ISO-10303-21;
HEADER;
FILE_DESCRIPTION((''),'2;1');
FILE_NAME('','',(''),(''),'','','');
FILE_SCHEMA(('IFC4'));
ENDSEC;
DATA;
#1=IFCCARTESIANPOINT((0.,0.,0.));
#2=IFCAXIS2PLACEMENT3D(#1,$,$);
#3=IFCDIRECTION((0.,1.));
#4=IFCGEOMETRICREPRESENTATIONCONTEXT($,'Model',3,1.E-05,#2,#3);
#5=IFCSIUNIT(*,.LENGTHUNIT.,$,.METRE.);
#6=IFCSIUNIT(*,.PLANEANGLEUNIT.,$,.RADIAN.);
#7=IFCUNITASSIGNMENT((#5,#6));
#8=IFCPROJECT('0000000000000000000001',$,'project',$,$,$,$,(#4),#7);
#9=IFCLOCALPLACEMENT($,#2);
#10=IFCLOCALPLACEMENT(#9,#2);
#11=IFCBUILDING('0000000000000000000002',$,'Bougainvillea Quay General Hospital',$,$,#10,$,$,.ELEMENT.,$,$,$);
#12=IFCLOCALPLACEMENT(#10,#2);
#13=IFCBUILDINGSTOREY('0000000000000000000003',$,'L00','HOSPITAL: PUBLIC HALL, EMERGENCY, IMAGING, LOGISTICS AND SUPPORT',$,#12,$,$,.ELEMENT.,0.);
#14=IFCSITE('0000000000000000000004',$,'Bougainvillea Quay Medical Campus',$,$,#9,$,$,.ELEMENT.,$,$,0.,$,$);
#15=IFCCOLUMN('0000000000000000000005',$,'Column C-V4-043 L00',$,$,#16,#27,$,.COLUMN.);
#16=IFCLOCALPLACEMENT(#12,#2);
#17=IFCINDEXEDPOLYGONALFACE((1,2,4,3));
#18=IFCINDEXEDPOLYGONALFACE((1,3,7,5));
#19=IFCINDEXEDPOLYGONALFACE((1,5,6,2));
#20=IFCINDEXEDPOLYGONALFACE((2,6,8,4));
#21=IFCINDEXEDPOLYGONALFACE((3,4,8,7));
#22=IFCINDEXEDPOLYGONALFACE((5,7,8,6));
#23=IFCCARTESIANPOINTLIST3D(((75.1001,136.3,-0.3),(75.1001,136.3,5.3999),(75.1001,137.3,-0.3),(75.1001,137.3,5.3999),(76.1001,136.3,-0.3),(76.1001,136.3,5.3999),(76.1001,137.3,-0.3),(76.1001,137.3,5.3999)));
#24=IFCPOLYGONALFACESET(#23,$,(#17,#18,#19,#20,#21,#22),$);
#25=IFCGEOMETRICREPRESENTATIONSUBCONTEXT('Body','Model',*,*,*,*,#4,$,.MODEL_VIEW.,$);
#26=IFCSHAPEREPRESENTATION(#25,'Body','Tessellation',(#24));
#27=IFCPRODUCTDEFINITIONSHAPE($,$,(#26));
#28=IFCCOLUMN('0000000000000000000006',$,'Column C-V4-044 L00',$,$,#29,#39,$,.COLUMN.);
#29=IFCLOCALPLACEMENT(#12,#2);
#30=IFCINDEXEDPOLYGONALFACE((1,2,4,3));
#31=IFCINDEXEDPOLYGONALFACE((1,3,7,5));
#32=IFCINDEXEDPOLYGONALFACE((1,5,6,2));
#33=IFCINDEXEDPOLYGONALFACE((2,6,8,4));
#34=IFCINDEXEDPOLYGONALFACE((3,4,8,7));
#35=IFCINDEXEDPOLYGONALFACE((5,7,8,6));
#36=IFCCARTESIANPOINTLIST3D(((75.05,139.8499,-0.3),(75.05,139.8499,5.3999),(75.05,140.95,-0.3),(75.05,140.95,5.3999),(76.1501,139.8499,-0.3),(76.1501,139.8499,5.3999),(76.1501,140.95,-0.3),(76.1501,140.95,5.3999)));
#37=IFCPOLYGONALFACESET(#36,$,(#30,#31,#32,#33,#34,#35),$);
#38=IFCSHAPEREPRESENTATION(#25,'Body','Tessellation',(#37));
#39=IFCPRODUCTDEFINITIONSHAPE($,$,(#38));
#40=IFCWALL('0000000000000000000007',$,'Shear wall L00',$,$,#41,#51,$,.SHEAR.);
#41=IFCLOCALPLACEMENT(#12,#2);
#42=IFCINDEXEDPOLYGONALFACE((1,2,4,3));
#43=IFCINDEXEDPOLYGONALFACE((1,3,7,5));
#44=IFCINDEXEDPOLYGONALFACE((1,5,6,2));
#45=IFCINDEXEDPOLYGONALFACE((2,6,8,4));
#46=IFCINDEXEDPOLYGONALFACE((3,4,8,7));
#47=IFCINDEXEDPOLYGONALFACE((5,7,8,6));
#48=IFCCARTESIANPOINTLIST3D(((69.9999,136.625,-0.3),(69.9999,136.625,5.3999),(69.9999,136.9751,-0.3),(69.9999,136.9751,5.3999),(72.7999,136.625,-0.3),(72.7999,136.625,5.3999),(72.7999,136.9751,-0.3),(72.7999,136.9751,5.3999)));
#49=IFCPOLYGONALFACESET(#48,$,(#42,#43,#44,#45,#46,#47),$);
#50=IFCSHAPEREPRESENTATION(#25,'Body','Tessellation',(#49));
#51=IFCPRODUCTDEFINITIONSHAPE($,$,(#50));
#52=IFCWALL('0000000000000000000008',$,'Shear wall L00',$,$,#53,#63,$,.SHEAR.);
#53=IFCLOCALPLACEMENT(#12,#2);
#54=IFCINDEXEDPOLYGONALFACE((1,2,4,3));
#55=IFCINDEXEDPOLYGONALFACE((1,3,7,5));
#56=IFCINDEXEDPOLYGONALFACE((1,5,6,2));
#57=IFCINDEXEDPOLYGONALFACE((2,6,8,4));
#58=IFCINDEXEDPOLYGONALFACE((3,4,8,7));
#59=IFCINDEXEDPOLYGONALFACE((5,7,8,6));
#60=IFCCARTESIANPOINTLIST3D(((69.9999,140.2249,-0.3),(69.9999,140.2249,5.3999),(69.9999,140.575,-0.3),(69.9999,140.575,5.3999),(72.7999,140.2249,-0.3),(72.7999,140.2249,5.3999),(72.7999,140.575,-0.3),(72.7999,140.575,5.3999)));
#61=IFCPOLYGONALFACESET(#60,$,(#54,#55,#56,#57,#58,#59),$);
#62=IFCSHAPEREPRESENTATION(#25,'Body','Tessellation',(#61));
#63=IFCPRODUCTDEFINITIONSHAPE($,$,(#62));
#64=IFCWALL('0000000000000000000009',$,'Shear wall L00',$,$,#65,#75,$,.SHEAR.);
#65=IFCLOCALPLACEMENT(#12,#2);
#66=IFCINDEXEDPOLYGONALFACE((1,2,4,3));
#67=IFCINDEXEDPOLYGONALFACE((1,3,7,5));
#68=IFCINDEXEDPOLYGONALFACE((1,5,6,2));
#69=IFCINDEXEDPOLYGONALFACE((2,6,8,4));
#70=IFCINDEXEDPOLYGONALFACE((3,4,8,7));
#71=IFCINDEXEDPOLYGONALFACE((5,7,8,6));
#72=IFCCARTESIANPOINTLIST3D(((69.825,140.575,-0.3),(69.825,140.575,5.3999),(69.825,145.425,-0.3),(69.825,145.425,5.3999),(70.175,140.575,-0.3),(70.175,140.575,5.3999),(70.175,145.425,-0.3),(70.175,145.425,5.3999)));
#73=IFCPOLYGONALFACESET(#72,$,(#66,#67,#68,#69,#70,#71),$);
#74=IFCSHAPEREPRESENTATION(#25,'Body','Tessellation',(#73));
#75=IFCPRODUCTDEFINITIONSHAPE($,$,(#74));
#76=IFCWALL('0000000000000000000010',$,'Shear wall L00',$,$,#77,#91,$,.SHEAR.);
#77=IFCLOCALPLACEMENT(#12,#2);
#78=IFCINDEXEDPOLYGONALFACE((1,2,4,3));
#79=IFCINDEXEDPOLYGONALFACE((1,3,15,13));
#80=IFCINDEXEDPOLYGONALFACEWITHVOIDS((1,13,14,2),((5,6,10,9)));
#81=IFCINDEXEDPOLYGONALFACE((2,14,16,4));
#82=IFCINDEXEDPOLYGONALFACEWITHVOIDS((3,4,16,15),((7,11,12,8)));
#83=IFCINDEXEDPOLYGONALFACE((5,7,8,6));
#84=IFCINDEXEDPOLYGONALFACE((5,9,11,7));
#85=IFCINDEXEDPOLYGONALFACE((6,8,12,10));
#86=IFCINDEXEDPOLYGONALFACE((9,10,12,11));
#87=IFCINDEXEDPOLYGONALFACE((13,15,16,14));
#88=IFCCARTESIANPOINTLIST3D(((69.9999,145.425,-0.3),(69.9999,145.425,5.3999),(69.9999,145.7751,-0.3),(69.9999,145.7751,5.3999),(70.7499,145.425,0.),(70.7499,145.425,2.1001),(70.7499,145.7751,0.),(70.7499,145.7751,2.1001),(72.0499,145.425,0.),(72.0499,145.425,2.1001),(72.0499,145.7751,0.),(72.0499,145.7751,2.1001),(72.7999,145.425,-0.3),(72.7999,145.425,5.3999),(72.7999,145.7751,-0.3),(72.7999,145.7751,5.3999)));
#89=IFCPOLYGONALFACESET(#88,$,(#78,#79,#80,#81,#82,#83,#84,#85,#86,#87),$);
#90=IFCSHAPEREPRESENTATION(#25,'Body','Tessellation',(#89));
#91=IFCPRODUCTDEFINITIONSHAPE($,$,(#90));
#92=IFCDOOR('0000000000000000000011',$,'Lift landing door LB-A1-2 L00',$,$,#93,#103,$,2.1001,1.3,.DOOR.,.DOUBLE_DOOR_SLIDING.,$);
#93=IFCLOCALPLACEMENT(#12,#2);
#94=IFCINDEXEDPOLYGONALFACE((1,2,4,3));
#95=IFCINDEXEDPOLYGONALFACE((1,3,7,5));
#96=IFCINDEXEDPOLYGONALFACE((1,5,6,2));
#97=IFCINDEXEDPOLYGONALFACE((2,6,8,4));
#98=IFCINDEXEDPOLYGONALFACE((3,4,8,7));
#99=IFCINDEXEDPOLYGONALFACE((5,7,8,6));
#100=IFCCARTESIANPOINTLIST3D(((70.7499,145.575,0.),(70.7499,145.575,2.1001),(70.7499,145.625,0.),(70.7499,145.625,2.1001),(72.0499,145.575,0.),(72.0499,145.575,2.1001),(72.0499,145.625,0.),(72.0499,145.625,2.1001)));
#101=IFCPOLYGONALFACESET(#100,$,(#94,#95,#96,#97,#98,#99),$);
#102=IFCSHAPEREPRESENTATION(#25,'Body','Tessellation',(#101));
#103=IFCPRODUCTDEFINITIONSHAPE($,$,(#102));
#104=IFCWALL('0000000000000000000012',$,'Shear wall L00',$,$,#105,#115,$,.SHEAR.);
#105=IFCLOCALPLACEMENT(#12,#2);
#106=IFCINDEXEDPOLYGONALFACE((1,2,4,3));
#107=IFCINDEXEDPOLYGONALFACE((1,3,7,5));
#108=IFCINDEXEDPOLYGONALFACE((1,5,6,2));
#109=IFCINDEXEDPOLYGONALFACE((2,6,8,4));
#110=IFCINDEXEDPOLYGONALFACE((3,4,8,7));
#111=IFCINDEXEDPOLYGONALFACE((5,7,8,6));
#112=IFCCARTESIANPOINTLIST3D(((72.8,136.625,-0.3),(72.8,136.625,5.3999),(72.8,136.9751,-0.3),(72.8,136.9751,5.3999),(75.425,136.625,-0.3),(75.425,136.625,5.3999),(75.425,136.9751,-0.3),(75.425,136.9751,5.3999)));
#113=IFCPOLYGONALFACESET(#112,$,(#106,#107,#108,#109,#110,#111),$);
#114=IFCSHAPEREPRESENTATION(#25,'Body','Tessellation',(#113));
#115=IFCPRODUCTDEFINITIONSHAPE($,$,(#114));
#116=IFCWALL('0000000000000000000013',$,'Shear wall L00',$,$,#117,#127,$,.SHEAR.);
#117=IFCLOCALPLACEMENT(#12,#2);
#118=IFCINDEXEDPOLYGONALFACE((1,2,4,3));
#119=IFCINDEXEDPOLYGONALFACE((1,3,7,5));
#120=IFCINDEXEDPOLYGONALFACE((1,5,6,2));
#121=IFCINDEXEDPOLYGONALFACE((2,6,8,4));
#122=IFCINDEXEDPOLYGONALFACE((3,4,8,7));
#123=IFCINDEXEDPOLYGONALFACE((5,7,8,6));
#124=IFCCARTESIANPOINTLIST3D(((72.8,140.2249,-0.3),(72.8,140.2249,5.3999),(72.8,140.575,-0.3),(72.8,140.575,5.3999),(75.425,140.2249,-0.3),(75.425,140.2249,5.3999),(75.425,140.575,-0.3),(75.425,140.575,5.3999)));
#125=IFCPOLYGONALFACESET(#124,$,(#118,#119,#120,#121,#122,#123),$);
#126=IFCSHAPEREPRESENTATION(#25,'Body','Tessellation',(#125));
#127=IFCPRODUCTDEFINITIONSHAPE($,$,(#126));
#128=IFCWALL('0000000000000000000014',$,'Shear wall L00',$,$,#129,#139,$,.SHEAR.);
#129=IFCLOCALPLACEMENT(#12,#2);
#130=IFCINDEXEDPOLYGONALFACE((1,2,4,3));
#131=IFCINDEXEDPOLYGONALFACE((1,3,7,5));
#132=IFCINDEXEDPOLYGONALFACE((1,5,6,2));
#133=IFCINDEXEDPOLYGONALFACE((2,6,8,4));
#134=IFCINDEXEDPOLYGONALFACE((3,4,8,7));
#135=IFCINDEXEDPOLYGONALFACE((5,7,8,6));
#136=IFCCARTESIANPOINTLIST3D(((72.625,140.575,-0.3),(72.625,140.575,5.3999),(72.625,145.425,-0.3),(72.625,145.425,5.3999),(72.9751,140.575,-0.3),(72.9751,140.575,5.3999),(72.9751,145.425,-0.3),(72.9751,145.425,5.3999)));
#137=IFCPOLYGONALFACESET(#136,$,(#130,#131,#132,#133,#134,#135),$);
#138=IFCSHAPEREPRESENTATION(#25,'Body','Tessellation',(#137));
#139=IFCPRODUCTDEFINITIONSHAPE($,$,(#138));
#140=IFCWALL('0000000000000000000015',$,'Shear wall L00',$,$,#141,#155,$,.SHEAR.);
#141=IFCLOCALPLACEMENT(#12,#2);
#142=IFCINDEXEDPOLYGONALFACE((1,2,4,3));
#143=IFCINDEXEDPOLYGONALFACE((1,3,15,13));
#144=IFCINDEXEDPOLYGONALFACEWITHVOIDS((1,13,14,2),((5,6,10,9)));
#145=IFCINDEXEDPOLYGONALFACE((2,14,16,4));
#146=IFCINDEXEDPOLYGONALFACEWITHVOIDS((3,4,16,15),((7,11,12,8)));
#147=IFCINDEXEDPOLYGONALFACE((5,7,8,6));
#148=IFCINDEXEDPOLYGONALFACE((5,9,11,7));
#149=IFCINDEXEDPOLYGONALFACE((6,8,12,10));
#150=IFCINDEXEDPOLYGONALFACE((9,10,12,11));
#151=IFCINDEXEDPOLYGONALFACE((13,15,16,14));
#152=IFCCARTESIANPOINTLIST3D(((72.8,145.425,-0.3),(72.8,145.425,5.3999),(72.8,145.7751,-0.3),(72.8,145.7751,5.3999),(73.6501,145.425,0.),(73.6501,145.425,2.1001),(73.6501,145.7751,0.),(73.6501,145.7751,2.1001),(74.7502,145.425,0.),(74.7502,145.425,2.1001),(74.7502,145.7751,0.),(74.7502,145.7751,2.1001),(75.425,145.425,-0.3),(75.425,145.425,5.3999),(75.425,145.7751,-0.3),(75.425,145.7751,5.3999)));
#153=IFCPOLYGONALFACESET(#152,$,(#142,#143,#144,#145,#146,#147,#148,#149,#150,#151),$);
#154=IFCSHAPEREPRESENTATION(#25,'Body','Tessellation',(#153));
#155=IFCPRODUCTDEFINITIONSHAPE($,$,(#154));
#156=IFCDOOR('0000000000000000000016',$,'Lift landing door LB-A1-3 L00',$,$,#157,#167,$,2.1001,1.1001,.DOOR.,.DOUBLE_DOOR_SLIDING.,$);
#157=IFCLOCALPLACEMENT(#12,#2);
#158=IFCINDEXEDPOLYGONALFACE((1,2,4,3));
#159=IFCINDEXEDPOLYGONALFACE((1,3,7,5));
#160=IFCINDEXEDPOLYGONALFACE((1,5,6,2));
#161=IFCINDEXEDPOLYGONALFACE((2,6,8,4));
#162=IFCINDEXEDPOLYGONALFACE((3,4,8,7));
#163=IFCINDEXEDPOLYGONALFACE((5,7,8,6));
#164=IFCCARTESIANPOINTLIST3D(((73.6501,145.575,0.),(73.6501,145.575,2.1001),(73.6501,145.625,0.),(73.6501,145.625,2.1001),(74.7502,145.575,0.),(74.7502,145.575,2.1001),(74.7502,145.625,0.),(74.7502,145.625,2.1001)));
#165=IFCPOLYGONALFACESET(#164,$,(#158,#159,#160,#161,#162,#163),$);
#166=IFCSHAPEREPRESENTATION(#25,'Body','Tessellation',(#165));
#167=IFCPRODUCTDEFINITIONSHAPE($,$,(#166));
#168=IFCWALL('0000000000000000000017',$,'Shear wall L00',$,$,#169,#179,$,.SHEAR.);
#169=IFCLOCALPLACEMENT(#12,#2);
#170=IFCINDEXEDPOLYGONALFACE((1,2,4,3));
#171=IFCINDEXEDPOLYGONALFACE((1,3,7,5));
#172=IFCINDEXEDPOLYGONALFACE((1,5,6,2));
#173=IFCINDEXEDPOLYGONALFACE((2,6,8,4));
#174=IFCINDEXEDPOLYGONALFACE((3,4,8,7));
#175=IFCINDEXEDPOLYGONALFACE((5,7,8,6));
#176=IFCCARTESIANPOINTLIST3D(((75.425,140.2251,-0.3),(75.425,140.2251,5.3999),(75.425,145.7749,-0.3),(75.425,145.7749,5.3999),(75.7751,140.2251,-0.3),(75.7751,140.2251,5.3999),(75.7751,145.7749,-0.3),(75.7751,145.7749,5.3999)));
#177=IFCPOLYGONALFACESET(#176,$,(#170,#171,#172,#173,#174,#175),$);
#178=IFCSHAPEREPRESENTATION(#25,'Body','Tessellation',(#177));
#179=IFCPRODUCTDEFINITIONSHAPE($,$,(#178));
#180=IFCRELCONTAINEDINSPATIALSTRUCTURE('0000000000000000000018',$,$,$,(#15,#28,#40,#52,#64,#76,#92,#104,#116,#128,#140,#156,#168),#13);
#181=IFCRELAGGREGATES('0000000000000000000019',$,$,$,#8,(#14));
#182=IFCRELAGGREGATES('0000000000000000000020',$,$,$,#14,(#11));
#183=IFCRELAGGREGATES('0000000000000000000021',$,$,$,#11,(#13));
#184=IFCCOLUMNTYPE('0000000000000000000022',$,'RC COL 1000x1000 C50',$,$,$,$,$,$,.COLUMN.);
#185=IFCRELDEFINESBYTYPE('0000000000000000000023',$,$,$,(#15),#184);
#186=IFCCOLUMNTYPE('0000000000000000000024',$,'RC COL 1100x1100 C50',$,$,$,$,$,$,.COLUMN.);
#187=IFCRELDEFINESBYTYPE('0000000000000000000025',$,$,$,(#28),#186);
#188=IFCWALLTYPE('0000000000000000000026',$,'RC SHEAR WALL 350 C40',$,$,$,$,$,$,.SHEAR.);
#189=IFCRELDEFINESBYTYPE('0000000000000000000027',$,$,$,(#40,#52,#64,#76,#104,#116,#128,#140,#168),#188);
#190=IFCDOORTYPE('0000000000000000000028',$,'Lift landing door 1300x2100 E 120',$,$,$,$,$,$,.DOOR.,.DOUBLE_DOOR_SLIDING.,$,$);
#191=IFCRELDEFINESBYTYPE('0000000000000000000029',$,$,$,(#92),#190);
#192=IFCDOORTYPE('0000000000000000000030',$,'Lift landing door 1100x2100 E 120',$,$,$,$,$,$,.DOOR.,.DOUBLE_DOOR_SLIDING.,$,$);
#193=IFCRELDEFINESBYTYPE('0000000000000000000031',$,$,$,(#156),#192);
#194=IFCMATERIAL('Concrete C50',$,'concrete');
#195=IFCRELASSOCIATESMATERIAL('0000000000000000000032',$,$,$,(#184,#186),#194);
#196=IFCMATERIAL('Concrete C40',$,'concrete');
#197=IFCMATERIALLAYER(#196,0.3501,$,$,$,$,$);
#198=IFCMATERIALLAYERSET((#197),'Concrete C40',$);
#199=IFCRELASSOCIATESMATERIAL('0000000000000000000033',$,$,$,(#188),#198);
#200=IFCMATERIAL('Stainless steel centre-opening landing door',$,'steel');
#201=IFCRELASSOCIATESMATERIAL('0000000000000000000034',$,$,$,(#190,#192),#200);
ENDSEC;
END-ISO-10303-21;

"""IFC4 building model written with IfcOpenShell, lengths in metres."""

from ifc_helpers import new_model, si_unit, direction, frame, frame_2d, origin, origin_2d, place, context, subcontext, project, spatial, rectangle, extrude, material, layer, layer_set, material_profile, profile_set, type_object, element, fill, save


model = new_model("IFC4")

# Units and contexts
model_context = context("Model", 3, precision=1e-05, world=origin(), true_north=direction((0.0, 1.0)))
body_context = subcontext(model_context, "Body", "Model", "MODEL_VIEW")
ifc_project = project(units=[si_unit("LENGTHUNIT", "METRE"), si_unit("PLANEANGLEUNIT", "RADIAN")], contexts=[model_context])

# Site, building, storey
site_placement = place(None, origin())
site = spatial("IfcSite", under=ifc_project, at=site_placement, Name="Bougainvillea Quay Medical Campus", CompositionType="ELEMENT", RefElevation=0.0)
building_placement = place(site_placement, origin())
building = spatial("IfcBuilding", under=site, at=building_placement, Name="Bougainvillea Quay General Hospital", CompositionType="ELEMENT")
storey_placement = place(building_placement, origin())
storey = spatial("IfcBuildingStorey", under=building, at=storey_placement, Name="L00", Description="HOSPITAL: PUBLIC HALL, EMERGENCY, IMAGING, LOGISTICS AND SUPPORT", CompositionType="ELEMENT", Elevation=0.0)

# Shared definitions
ifc_material_1 = material(Name="Concrete C40", Category="concrete")

# Columns
ifc_material_2 = material(Name="Concrete C50", Category="concrete")
ifc_material_profile_1 = material_profile(ifc_material_2, rectangle(XDim=1.0, YDim=1.0, at=origin_2d()))
ifc_profile_set_1 = profile_set([ifc_material_profile_1], Name="Concrete C50")
column_type_1 = type_object("IfcColumnType", Name="RC COL 1000x1000 C50", PredefinedType="COLUMN", material=ifc_profile_set_1)
column_1_placement = place(storey_placement, frame((75.6001, 136.8, -0.3), z_axis=(0.0, 0.0, 1.0), x_axis=(1.0, 0.0, 0.0)))
element("IfcColumn", 1, at=column_1_placement, inside=storey, type_object=column_type_1, Name="Column C-V4-043 L00", PredefinedType="COLUMN", context=body_context, shape_type="SweptSolid", body=[
    extrude(rectangle(XDim=1.0, YDim=1.0, at=origin_2d()), origin(), (0.0, 0.0, 1.0), 5.7),
])
ifc_material_profile_2 = material_profile(ifc_material_2, rectangle(XDim=1.1001, YDim=1.1001, at=origin_2d()))
ifc_profile_set_2 = profile_set([ifc_material_profile_2], Name="Concrete C50")
column_type_2 = type_object("IfcColumnType", Name="RC COL 1100x1100 C50", PredefinedType="COLUMN", material=ifc_profile_set_2)
column_2_placement = place(storey_placement, frame((75.6001, 140.3999, -0.3), z_axis=(0.0, 0.0, 1.0), x_axis=(1.0, 0.0, 0.0)))
element("IfcColumn", 2, at=column_2_placement, inside=storey, type_object=column_type_2, Name="Column C-V4-044 L00", PredefinedType="COLUMN", context=body_context, shape_type="SweptSolid", body=[
    extrude(rectangle(XDim=1.1001, YDim=1.1001, at=origin_2d()), origin(), (0.0, 0.0, 1.0), 5.7),
])

# Walls
ifc_layer = layer(ifc_material_1, 0.3501)
ifc_layer_set = layer_set([ifc_layer], Name="Concrete C40")
wall_type = type_object("IfcWallType", Name="RC SHEAR WALL 350 C40", PredefinedType="SHEAR", material=ifc_layer_set)
for number, where, z_axis, x_axis, name in (
    (3, (70.0, 136.8, -0.3), (0.0, 0.0, 1.0), (1.0, 0.0, 0.0), "Shear wall L00"),
    (4, (70.0, 140.3999, -0.3), (0.0, 0.0, 1.0), (1.0, 0.0, 0.0), "Shear wall L00"),
):
    element("IfcWall", number, at=place(storey_placement, frame(where, z_axis=z_axis, x_axis=x_axis)), inside=storey, type_object=wall_type, Name=name, PredefinedType="SHEAR", context=body_context, shape_type="SweptSolid", body=[
        extrude(rectangle(XDim=2.8, YDim=0.3501, at=frame_2d((1.3999, 0.0))), origin(), (0.0, 0.0, 1.0), 5.7),
    ])
wall_1_placement = place(storey_placement, frame((70.0, 140.575, -0.3), z_axis=(0.0, 0.0, 1.0), x_axis=(0.0, 1.0, 0.0)))
element("IfcWall", 5, at=wall_1_placement, inside=storey, type_object=wall_type, Name="Shear wall L00", PredefinedType="SHEAR", context=body_context, shape_type="SweptSolid", body=[
    extrude(rectangle(XDim=4.8501, YDim=0.3501, at=frame_2d((2.425, 0.0))), origin(), (0.0, 0.0, 1.0), 5.7),
])

# Wall, opening, door
wall_2_placement = place(storey_placement, frame((70.0, 145.6001, -0.3), z_axis=(0.0, 0.0, 1.0), x_axis=(1.0, 0.0, 0.0)))
wall_2 = element("IfcWall", 6, at=wall_2_placement, inside=storey, type_object=wall_type, Name="Shear wall L00", PredefinedType="SHEAR", context=body_context, shape_type="SweptSolid", body=[
    extrude(rectangle(XDim=2.8, YDim=0.3501, at=frame_2d((1.3999, 0.0))), origin(), (0.0, 0.0, 1.0), 5.7),
])
opening_1_placement = place(wall_2_placement, frame((0.75, 0.0, 0.3)))
opening_1 = element("IfcOpeningElement", 7, at=opening_1_placement, cuts=wall_2, PredefinedType="OPENING", context=body_context, shape_type="SweptSolid", body=[
    extrude(rectangle(XDim=1.3, YDim=2.1001, at=frame_2d((0.6499, 1.05))), frame((0.0, 0.1851, 0.0), z_axis=(0.0, -1.0, 0.0), x_axis=(1.0, 0.0, 0.0)), (0.0, 0.0, 1.0), 0.3701),
])
ifc_material_3 = material(Name="Stainless steel centre-opening landing door", Category="steel")
door_type_1 = type_object("IfcDoorType", Name="Lift landing door 1300x2100 E 120", OperationType="DOUBLE_DOOR_SLIDING", PredefinedType="DOOR", material=ifc_material_3)
door_1_placement = place(opening_1_placement, origin())
door_1 = element("IfcDoor", 8, at=door_1_placement, inside=storey, type_object=door_type_1, Name="Lift landing door LB-A1-2 L00", OperationType="DOUBLE_DOOR_SLIDING", OverallHeight=2.1001, OverallWidth=1.3, PredefinedType="DOOR", context=body_context, shape_type="SweptSolid", body=[
    extrude(rectangle(XDim=1.3, YDim=2.1001, at=frame_2d((0.6499, 1.05))), frame((0.0, 0.0249, 0.0), z_axis=(0.0, -1.0, 0.0), x_axis=(1.0, 0.0, 0.0)), (0.0, 0.0, 1.0), 0.05),
])
fill(opening_1, door_1)

# Walls
for number, where, z_axis, x_axis, name in (
    (9, (72.8, 136.8, -0.3), (0.0, 0.0, 1.0), (1.0, 0.0, 0.0), "Shear wall L00"),
    (10, (72.8, 140.3999, -0.3), (0.0, 0.0, 1.0), (1.0, 0.0, 0.0), "Shear wall L00"),
):
    element("IfcWall", number, at=place(storey_placement, frame(where, z_axis=z_axis, x_axis=x_axis)), inside=storey, type_object=wall_type, Name=name, PredefinedType="SHEAR", context=body_context, shape_type="SweptSolid", body=[
        extrude(rectangle(XDim=2.625, YDim=0.3501, at=frame_2d((1.3125, 0.0))), origin(), (0.0, 0.0, 1.0), 5.7),
    ])
wall_3_placement = place(storey_placement, frame((72.8, 140.575, -0.3), z_axis=(0.0, 0.0, 1.0), x_axis=(0.0, 1.0, 0.0)))
element("IfcWall", 11, at=wall_3_placement, inside=storey, type_object=wall_type, Name="Shear wall L00", PredefinedType="SHEAR", context=body_context, shape_type="SweptSolid", body=[
    extrude(rectangle(XDim=4.8501, YDim=0.3501, at=frame_2d((2.425, 0.0))), origin(), (0.0, 0.0, 1.0), 5.7),
])

# Wall, opening, door
wall_4_placement = place(storey_placement, frame((72.8, 145.6001, -0.3), z_axis=(0.0, 0.0, 1.0), x_axis=(1.0, 0.0, 0.0)))
wall_4 = element("IfcWall", 12, at=wall_4_placement, inside=storey, type_object=wall_type, Name="Shear wall L00", PredefinedType="SHEAR", context=body_context, shape_type="SweptSolid", body=[
    extrude(rectangle(XDim=2.625, YDim=0.3501, at=frame_2d((1.3125, 0.0))), origin(), (0.0, 0.0, 1.0), 5.7),
])
opening_2_placement = place(wall_4_placement, frame((0.8501, 0.0, 0.3)))
opening_2 = element("IfcOpeningElement", 13, at=opening_2_placement, cuts=wall_4, PredefinedType="OPENING", context=body_context, shape_type="SweptSolid", body=[
    extrude(rectangle(XDim=1.1001, YDim=2.1001, at=frame_2d((0.55, 1.05))), frame((0.0, 0.1851, 0.0), z_axis=(0.0, -1.0, 0.0), x_axis=(1.0, 0.0, 0.0)), (0.0, 0.0, 1.0), 0.3701),
])
door_type_2 = type_object("IfcDoorType", Name="Lift landing door 1100x2100 E 120", OperationType="DOUBLE_DOOR_SLIDING", PredefinedType="DOOR", material=ifc_material_3)
door_2_placement = place(opening_2_placement, origin())
door_2 = element("IfcDoor", 14, at=door_2_placement, inside=storey, type_object=door_type_2, Name="Lift landing door LB-A1-3 L00", OperationType="DOUBLE_DOOR_SLIDING", OverallHeight=2.1001, OverallWidth=1.1001, PredefinedType="DOOR", context=body_context, shape_type="SweptSolid", body=[
    extrude(rectangle(XDim=1.1001, YDim=2.1001, at=frame_2d((0.55, 1.05))), frame((0.0, 0.0249, 0.0), z_axis=(0.0, -1.0, 0.0), x_axis=(1.0, 0.0, 0.0)), (0.0, 0.0, 1.0), 0.05),
])
fill(opening_2, door_2)

# Wall
wall_5_placement = place(storey_placement, frame((75.6001, 140.2251, -0.3), z_axis=(0.0, 0.0, 1.0), x_axis=(0.0, 1.0, 0.0)))
element("IfcWall", 15, at=wall_5_placement, inside=storey, type_object=wall_type, Name="Shear wall L00", PredefinedType="SHEAR", context=body_context, shape_type="SweptSolid", body=[
    extrude(rectangle(XDim=5.5498, YDim=0.3501, at=frame_2d((2.7749, 0.0))), origin(), (0.0, 0.0, 1.0), 5.7),
])

save(model, "model.ifc")
